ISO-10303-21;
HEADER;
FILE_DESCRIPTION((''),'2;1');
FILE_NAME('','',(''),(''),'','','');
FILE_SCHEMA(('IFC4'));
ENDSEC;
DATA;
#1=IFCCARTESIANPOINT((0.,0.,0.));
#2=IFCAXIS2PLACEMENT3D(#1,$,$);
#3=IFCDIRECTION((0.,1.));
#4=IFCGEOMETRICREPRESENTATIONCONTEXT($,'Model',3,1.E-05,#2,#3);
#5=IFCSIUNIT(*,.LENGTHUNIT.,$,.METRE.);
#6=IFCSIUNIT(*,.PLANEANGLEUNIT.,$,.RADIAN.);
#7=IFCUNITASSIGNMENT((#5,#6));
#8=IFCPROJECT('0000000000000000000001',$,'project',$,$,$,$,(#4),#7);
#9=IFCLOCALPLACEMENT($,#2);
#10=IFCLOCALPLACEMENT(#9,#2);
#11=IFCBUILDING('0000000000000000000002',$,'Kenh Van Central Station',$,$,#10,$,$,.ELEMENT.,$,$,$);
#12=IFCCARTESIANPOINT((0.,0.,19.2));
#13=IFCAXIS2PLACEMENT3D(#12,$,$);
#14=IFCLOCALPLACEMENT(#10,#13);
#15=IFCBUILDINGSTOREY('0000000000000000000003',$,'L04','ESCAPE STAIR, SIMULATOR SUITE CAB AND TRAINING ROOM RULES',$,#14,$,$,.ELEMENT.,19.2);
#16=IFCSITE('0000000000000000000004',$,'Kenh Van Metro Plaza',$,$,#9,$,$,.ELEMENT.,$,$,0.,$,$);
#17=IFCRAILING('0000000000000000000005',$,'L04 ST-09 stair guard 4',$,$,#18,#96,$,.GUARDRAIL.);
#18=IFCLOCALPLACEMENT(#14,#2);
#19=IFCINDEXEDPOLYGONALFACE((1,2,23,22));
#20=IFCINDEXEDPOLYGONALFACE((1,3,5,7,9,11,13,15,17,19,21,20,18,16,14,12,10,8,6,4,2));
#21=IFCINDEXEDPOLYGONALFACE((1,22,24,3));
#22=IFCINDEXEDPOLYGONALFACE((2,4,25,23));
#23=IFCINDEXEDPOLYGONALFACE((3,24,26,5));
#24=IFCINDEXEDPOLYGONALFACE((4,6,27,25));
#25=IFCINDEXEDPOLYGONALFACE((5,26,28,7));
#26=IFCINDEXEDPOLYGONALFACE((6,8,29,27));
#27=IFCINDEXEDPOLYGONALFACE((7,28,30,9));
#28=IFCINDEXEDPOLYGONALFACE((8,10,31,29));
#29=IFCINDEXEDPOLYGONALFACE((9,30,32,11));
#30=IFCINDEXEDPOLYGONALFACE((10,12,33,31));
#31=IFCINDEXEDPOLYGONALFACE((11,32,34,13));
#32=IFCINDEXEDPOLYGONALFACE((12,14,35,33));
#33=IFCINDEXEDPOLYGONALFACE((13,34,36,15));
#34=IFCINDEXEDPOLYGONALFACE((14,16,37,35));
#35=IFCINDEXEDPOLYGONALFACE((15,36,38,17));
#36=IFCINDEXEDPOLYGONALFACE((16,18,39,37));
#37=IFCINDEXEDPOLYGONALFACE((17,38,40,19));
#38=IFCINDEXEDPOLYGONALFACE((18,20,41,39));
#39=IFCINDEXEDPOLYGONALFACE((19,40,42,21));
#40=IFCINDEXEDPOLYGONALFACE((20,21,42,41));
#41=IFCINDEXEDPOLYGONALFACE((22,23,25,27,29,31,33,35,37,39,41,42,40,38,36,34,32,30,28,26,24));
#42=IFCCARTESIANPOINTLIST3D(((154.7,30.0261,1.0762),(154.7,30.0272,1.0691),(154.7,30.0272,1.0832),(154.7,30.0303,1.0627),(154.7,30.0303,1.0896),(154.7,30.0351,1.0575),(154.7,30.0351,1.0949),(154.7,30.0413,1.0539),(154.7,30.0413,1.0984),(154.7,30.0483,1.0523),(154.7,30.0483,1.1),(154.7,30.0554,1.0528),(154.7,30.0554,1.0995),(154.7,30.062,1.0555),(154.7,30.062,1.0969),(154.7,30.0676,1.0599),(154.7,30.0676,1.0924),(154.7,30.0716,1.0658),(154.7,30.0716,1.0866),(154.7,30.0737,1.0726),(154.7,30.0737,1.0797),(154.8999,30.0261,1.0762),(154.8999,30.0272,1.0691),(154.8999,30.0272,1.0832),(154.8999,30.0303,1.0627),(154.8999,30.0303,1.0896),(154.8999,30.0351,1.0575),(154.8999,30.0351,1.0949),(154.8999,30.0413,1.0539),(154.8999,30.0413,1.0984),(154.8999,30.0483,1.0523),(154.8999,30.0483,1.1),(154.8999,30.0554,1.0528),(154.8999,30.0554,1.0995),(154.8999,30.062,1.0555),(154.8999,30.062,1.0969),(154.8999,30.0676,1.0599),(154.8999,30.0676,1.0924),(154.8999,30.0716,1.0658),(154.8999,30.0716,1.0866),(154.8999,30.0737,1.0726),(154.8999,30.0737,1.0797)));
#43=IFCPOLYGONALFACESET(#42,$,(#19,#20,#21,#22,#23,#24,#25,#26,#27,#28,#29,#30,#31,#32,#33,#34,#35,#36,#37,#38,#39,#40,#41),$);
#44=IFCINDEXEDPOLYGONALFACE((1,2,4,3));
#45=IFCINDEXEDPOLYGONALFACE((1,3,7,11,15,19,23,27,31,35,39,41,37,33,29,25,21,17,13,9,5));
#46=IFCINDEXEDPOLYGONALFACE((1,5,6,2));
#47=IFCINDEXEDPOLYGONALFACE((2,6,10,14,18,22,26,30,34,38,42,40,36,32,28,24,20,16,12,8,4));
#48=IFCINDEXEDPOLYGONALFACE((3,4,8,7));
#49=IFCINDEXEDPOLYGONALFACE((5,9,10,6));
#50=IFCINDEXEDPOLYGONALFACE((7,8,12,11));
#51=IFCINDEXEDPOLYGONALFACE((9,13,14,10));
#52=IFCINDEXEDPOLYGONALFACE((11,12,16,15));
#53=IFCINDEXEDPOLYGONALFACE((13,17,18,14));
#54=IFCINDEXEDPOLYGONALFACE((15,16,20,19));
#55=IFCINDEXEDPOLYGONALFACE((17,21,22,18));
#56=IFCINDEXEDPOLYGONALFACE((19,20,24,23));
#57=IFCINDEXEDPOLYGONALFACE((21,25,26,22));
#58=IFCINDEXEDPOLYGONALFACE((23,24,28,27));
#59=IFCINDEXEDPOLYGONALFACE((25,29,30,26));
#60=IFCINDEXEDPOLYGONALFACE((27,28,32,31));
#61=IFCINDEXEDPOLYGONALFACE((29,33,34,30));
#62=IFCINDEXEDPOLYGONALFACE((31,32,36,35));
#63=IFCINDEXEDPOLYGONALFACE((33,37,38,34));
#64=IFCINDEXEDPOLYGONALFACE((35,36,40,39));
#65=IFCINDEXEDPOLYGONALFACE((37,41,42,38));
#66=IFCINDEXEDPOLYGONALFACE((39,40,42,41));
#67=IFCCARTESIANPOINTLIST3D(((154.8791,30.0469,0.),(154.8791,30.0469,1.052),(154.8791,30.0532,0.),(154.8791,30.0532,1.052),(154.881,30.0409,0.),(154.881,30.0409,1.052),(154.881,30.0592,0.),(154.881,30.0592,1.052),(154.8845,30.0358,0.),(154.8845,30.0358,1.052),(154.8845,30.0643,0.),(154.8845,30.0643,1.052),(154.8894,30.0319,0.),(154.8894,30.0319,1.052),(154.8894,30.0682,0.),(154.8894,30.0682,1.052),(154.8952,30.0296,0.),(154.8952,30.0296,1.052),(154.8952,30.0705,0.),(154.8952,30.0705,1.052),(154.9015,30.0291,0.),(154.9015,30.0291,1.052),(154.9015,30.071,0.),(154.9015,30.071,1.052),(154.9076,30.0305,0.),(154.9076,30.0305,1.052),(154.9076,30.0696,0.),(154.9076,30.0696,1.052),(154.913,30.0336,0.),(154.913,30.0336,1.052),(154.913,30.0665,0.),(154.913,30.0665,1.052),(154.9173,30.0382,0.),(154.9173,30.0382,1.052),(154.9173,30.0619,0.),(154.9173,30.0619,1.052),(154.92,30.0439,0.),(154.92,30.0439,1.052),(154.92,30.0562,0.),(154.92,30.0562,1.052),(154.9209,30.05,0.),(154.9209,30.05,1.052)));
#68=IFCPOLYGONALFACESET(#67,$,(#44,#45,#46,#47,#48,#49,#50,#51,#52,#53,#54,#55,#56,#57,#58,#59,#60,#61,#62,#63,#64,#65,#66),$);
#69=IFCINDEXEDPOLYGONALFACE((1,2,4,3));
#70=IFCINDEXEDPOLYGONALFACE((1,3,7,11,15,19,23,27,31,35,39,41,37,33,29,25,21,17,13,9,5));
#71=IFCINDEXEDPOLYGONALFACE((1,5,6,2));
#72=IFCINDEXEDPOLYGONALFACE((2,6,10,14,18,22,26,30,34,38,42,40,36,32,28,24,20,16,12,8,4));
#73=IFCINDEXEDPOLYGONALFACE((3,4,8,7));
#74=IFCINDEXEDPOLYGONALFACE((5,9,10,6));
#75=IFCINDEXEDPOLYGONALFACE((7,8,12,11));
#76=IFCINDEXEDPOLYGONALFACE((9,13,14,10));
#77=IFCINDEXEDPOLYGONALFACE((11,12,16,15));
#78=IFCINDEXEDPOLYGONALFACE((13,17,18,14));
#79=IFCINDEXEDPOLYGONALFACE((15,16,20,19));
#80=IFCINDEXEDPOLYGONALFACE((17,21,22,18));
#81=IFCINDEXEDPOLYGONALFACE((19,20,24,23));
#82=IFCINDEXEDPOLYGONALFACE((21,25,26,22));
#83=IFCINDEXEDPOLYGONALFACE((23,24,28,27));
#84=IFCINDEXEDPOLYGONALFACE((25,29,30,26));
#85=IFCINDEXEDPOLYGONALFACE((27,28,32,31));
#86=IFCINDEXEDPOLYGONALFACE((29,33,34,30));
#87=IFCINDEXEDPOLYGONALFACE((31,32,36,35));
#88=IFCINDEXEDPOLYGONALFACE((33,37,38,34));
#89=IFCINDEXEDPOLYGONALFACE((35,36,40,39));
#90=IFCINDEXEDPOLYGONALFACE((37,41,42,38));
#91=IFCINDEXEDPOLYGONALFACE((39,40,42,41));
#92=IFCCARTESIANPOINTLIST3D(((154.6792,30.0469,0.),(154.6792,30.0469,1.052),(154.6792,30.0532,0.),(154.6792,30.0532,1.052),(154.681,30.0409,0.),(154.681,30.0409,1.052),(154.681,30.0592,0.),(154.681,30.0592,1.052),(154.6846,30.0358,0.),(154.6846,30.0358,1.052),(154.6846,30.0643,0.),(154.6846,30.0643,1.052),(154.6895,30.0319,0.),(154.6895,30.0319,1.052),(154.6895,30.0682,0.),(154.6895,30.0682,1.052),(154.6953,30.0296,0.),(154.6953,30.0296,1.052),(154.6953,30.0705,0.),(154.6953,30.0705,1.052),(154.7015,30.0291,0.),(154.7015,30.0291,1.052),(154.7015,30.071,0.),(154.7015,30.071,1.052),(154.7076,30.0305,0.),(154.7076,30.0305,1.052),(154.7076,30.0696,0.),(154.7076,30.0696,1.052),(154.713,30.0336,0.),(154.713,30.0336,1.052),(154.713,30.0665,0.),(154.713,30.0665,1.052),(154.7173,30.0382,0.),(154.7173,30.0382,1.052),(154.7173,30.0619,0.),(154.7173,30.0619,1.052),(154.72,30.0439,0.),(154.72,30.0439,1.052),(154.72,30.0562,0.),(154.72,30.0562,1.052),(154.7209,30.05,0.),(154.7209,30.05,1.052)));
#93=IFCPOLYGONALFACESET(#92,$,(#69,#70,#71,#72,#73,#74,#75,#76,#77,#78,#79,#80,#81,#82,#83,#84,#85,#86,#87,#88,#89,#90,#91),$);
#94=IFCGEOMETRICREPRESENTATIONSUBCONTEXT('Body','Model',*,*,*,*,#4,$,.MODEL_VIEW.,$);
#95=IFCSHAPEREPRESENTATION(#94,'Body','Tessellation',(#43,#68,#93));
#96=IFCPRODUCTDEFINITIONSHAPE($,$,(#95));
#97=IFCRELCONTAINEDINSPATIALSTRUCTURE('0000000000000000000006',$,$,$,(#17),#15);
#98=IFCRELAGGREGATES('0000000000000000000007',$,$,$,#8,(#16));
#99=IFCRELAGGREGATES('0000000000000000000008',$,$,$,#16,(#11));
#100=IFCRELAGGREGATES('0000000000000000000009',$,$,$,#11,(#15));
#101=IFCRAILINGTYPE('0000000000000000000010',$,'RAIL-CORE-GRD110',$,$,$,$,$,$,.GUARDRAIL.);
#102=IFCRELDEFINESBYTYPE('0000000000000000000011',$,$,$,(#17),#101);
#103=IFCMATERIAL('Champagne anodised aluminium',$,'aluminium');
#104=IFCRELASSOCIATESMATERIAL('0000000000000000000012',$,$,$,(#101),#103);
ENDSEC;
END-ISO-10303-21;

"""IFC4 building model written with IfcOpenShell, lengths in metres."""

from ifc_helpers import new_model, si_unit, direction, frame, origin, origin_2d, place, context, subcontext, project, spatial, circle, extrude, material, type_object, element, save


model = new_model("IFC4")

# Units and contexts
model_context = context("Model", 3, precision=1e-05, world=origin(), true_north=direction((0.0, 1.0)))
body_context = subcontext(model_context, "Body", "Model", "MODEL_VIEW")
ifc_project = project(units=[si_unit("LENGTHUNIT", "METRE"), si_unit("PLANEANGLEUNIT", "RADIAN")], contexts=[model_context])

# Site, building, storey
site_placement = place(None, origin())
site = spatial("IfcSite", under=ifc_project, at=site_placement, Name="Kenh Van Metro Plaza", CompositionType="ELEMENT", RefElevation=0.0)
building_placement = place(site_placement, origin())
building = spatial("IfcBuilding", under=site, at=building_placement, Name="Kenh Van Central Station", CompositionType="ELEMENT")
storey_placement = place(building_placement, frame((0.0, 0.0, 19.2)))
storey = spatial("IfcBuildingStorey", under=building, at=storey_placement, Name="L04", Description="ESCAPE STAIR, SIMULATOR SUITE CAB AND TRAINING ROOM RULES", CompositionType="ELEMENT", Elevation=19.2)

# Shared definitions
ifc_material_1 = material(Name="Champagne anodised aluminium", Category="aluminium")

# Railing
railing_type_1 = type_object("IfcRailingType", Name="RAIL-CORE-GRD110", PredefinedType="GUARDRAIL", material=ifc_material_1)
railing_1_placement = place(storey_placement, frame((154.8999, 30.05, 0.0)))
element("IfcRailing", 1, at=railing_1_placement, inside=storey, type_object=railing_type_1, Name="L04 ST-09 stair guard 4", PredefinedType="GUARDRAIL", context=body_context, shape_type="SweptSolid", body=[
    extrude(circle(Radius=0.0239, at=origin_2d()), frame((0.0, 0.0, 1.0762), z_axis=(-1.0, 0.0, 0.0), x_axis=(0.0, -1.0, 0.0)), (0.0, 0.0, 1.0), 0.2),
    extrude(circle(Radius=0.021, at=origin_2d()), origin(), (0.0, 0.0, 1.0), 1.052),
    extrude(circle(Radius=0.021, at=origin_2d()), frame((-0.2, 0.0, 0.0)), (0.0, 0.0, 1.0), 1.052),
])

save(model, "model.ifc")
